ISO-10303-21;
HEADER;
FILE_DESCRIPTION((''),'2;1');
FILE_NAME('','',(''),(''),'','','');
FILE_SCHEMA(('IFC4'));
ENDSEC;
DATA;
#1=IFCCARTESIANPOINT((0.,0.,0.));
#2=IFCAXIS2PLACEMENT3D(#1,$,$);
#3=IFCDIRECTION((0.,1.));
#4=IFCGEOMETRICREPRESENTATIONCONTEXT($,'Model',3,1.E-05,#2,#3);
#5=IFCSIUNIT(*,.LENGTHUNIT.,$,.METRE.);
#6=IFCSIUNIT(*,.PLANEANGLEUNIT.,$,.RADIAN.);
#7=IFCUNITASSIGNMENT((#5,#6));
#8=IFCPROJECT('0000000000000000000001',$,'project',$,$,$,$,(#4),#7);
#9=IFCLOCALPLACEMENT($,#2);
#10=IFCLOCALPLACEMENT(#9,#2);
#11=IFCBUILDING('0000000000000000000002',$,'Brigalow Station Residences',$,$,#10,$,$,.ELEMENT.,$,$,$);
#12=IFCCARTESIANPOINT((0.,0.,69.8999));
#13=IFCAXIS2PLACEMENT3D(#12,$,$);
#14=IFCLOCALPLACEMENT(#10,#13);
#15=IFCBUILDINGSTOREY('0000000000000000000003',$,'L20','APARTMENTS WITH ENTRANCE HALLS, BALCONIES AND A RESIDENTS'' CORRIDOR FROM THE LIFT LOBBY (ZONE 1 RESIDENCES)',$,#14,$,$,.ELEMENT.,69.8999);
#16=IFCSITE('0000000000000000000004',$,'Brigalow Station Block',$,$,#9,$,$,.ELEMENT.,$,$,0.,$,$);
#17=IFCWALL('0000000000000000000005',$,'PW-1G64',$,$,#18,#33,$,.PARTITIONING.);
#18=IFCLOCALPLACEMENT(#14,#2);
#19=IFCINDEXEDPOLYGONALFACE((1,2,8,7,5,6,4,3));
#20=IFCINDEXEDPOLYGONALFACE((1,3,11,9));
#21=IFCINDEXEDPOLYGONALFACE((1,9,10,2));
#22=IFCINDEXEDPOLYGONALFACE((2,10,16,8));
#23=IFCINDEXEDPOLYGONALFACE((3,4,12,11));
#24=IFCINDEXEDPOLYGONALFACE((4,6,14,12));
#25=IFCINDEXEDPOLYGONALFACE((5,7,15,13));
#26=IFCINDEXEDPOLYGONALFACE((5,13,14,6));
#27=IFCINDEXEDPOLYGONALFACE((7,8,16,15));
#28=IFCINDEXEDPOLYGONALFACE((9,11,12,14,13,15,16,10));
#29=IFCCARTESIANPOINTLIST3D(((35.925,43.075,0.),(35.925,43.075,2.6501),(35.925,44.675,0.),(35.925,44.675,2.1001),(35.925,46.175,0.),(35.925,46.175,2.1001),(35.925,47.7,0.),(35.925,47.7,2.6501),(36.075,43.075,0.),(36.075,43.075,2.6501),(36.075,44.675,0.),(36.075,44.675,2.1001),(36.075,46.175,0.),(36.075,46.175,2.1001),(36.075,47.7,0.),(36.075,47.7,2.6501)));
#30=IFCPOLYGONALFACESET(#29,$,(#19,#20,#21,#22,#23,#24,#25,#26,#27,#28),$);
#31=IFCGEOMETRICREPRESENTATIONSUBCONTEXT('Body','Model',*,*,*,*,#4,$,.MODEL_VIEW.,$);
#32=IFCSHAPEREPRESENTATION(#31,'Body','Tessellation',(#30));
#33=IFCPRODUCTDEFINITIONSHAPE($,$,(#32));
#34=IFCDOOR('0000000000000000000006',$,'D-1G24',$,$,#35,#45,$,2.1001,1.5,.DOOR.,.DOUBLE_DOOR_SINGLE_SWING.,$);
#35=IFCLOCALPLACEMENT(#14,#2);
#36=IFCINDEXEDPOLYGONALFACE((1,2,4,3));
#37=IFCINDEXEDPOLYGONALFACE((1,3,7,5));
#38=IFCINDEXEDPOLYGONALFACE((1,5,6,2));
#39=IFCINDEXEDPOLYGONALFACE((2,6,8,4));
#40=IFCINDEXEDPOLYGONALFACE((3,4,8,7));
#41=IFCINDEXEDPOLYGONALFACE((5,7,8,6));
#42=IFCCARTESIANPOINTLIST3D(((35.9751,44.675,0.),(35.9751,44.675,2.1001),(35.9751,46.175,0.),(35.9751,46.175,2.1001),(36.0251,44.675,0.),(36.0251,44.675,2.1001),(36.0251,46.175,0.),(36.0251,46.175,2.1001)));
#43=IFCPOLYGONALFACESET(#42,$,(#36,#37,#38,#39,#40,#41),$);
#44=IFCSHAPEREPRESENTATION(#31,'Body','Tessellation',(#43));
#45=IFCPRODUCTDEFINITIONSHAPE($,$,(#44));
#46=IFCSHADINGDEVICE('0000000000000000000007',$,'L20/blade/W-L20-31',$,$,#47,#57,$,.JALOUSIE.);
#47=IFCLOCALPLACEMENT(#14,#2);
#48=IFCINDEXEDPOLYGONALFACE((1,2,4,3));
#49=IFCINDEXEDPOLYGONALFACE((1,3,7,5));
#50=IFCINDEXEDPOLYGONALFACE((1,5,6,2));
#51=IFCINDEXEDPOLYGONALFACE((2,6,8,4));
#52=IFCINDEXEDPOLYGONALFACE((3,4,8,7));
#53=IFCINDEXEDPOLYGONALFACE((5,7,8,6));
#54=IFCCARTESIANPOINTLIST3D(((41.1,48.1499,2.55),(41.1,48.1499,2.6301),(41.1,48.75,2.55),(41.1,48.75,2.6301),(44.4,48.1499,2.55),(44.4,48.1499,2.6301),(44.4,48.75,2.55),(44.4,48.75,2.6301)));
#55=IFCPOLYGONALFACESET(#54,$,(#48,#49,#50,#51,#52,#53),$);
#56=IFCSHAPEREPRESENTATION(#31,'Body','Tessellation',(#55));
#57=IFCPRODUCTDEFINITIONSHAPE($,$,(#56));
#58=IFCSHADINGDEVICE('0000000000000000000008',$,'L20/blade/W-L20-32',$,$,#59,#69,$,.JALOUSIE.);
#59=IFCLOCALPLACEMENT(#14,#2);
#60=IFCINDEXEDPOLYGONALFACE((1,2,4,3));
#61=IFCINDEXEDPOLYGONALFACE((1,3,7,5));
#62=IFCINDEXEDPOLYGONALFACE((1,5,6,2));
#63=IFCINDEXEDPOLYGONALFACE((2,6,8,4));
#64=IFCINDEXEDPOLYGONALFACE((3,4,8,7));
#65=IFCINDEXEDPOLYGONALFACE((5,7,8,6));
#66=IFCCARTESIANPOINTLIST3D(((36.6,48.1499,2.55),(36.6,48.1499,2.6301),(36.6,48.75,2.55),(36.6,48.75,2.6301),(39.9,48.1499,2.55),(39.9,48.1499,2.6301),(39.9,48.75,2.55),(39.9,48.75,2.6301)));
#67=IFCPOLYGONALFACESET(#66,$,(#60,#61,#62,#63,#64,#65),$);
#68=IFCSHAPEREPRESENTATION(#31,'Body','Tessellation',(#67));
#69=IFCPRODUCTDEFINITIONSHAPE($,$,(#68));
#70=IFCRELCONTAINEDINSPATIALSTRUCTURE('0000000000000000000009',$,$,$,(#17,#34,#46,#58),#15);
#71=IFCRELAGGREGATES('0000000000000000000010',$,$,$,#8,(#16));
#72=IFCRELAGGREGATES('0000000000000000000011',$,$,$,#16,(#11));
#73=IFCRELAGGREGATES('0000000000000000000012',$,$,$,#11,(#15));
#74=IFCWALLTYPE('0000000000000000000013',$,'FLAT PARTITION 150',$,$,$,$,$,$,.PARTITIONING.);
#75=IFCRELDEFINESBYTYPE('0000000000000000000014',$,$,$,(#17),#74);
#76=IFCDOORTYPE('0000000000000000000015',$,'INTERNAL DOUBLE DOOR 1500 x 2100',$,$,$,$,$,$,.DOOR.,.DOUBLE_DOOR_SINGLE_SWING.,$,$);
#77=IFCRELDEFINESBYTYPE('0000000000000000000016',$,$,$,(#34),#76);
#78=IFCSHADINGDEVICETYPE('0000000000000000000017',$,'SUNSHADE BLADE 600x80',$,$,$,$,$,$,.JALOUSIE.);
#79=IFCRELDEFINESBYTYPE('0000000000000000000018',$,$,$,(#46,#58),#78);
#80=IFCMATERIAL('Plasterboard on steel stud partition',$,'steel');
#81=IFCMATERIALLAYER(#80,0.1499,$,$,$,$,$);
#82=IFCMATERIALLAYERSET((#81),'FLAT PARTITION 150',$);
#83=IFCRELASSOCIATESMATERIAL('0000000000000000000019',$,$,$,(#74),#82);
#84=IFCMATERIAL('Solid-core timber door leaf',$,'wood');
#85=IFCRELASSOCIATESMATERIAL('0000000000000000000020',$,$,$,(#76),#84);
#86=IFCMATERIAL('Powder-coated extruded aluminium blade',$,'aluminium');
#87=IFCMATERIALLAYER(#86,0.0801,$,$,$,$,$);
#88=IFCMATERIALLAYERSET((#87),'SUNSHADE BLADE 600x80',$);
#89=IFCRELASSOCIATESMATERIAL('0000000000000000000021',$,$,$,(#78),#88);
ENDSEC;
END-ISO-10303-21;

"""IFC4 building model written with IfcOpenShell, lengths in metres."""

from ifc_helpers import new_model, si_unit, direction, frame, frame_2d, origin, origin_2d, place, context, subcontext, project, spatial, rectangle, extrude, material, layer, layer_set, type_object, element, fill, save


model = new_model("IFC4")

# Units and contexts
model_context = context("Model", 3, precision=1e-05, world=origin(), true_north=direction((0.0, 1.0)))
body_context = subcontext(model_context, "Body", "Model", "MODEL_VIEW")
ifc_project = project(units=[si_unit("LENGTHUNIT", "METRE"), si_unit("PLANEANGLEUNIT", "RADIAN")], contexts=[model_context])

# Site, building, storey
site_placement = place(None, origin())
site = spatial("IfcSite", under=ifc_project, at=site_placement, Name="Brigalow Station Block", CompositionType="ELEMENT", RefElevation=0.0)
building_placement = place(site_placement, origin())
building = spatial("IfcBuilding", under=site, at=building_placement, Name="Brigalow Station Residences", CompositionType="ELEMENT")
storey_placement = place(building_placement, frame((0.0, 0.0, 69.8999)))
storey = spatial("IfcBuildingStorey", under=building, at=storey_placement, Name="L20", Description="APARTMENTS WITH ENTRANCE HALLS, BALCONIES AND A RESIDENTS' CORRIDOR FROM THE LIFT LOBBY (ZONE 1 RESIDENCES)", CompositionType="ELEMENT", Elevation=69.8999)

# Wall, opening, door
ifc_material_1 = material(Name="Plasterboard on steel stud partition", Category="steel")
ifc_layer_1 = layer(ifc_material_1, 0.1499)
ifc_layer_set_1 = layer_set([ifc_layer_1], Name="FLAT PARTITION 150")
wall_type_1 = type_object("IfcWallType", Name="FLAT PARTITION 150", PredefinedType="PARTITIONING", material=ifc_layer_set_1)
wall_1_placement = place(storey_placement, frame((36.0, 43.075, 0.0), z_axis=(0.0, 0.0, 1.0), x_axis=(0.0, 1.0, 0.0)))
wall_1 = element("IfcWall", 1, at=wall_1_placement, inside=storey, type_object=wall_type_1, Name="PW-1G64", PredefinedType="PARTITIONING", context=body_context, shape_type="SweptSolid", body=[
    extrude(rectangle(XDim=4.625, YDim=0.1499, at=frame_2d((2.3125, 0.0))), origin(), (0.0, 0.0, 1.0), 2.6501),
])
opening_1_placement = place(wall_1_placement, frame((1.6001, 0.0, 0.0)))
opening_1 = element("IfcOpeningElement", 2, at=opening_1_placement, cuts=wall_1, PredefinedType="OPENING", context=body_context, shape_type="SweptSolid", body=[
    extrude(rectangle(XDim=1.5, YDim=2.1001, at=frame_2d((0.75, 1.05))), frame((0.0, 0.085, 0.0), z_axis=(0.0, -1.0, 0.0), x_axis=(1.0, 0.0, 0.0)), (0.0, 0.0, 1.0), 0.1699),
])
ifc_material_2 = material(Name="Solid-core timber door leaf", Category="wood")
door_type_1 = type_object("IfcDoorType", Name="INTERNAL DOUBLE DOOR 1500 x 2100", OperationType="DOUBLE_DOOR_SINGLE_SWING", PredefinedType="DOOR", material=ifc_material_2)
door_1_placement = place(opening_1_placement, origin())
door_1 = element("IfcDoor", 3, at=door_1_placement, inside=storey, type_object=door_type_1, Name="D-1G24", OperationType="DOUBLE_DOOR_SINGLE_SWING", OverallHeight=2.1001, OverallWidth=1.5, PredefinedType="DOOR", context=body_context, shape_type="SweptSolid", body=[
    extrude(rectangle(XDim=1.5, YDim=2.1001, at=frame_2d((0.75, 1.05))), frame((0.0, 0.0249, 0.0), z_axis=(0.0, -1.0, 0.0), x_axis=(1.0, 0.0, 0.0)), (0.0, 0.0, 1.0), 0.05),
])
fill(opening_1, door_1)

# Shading devices
ifc_material_3 = material(Name="Powder-coated extruded aluminium blade", Category="aluminium")
ifc_layer_2 = layer(ifc_material_3, 0.0801)
ifc_layer_set_2 = layer_set([ifc_layer_2], Name="SUNSHADE BLADE 600x80")
shading_device_type = type_object("IfcShadingDeviceType", Name="SUNSHADE BLADE 600x80", PredefinedType="JALOUSIE", material=ifc_layer_set_2)
for number, where, z_axis, x_axis, name in (
    (4, (42.75, 48.45, 2.55), (0.0, 0.0, 1.0), (-1.0, 0.0, 0.0), "L20/blade/W-L20-31"),
    (5, (38.25, 48.45, 2.55), (0.0, 0.0, 1.0), (-1.0, 0.0, 0.0), "L20/blade/W-L20-32"),
):
    element("IfcShadingDevice", number, at=place(storey_placement, frame(where, z_axis=z_axis, x_axis=x_axis)), inside=storey, type_object=shading_device_type, Name=name, PredefinedType="JALOUSIE", context=body_context, shape_type="SweptSolid", body=[
        extrude(rectangle(XDim=3.3, YDim=0.6001, at=origin_2d()), origin(), (0.0, 0.0, 1.0), 0.0801),
    ])

save(model, "model.ifc")
